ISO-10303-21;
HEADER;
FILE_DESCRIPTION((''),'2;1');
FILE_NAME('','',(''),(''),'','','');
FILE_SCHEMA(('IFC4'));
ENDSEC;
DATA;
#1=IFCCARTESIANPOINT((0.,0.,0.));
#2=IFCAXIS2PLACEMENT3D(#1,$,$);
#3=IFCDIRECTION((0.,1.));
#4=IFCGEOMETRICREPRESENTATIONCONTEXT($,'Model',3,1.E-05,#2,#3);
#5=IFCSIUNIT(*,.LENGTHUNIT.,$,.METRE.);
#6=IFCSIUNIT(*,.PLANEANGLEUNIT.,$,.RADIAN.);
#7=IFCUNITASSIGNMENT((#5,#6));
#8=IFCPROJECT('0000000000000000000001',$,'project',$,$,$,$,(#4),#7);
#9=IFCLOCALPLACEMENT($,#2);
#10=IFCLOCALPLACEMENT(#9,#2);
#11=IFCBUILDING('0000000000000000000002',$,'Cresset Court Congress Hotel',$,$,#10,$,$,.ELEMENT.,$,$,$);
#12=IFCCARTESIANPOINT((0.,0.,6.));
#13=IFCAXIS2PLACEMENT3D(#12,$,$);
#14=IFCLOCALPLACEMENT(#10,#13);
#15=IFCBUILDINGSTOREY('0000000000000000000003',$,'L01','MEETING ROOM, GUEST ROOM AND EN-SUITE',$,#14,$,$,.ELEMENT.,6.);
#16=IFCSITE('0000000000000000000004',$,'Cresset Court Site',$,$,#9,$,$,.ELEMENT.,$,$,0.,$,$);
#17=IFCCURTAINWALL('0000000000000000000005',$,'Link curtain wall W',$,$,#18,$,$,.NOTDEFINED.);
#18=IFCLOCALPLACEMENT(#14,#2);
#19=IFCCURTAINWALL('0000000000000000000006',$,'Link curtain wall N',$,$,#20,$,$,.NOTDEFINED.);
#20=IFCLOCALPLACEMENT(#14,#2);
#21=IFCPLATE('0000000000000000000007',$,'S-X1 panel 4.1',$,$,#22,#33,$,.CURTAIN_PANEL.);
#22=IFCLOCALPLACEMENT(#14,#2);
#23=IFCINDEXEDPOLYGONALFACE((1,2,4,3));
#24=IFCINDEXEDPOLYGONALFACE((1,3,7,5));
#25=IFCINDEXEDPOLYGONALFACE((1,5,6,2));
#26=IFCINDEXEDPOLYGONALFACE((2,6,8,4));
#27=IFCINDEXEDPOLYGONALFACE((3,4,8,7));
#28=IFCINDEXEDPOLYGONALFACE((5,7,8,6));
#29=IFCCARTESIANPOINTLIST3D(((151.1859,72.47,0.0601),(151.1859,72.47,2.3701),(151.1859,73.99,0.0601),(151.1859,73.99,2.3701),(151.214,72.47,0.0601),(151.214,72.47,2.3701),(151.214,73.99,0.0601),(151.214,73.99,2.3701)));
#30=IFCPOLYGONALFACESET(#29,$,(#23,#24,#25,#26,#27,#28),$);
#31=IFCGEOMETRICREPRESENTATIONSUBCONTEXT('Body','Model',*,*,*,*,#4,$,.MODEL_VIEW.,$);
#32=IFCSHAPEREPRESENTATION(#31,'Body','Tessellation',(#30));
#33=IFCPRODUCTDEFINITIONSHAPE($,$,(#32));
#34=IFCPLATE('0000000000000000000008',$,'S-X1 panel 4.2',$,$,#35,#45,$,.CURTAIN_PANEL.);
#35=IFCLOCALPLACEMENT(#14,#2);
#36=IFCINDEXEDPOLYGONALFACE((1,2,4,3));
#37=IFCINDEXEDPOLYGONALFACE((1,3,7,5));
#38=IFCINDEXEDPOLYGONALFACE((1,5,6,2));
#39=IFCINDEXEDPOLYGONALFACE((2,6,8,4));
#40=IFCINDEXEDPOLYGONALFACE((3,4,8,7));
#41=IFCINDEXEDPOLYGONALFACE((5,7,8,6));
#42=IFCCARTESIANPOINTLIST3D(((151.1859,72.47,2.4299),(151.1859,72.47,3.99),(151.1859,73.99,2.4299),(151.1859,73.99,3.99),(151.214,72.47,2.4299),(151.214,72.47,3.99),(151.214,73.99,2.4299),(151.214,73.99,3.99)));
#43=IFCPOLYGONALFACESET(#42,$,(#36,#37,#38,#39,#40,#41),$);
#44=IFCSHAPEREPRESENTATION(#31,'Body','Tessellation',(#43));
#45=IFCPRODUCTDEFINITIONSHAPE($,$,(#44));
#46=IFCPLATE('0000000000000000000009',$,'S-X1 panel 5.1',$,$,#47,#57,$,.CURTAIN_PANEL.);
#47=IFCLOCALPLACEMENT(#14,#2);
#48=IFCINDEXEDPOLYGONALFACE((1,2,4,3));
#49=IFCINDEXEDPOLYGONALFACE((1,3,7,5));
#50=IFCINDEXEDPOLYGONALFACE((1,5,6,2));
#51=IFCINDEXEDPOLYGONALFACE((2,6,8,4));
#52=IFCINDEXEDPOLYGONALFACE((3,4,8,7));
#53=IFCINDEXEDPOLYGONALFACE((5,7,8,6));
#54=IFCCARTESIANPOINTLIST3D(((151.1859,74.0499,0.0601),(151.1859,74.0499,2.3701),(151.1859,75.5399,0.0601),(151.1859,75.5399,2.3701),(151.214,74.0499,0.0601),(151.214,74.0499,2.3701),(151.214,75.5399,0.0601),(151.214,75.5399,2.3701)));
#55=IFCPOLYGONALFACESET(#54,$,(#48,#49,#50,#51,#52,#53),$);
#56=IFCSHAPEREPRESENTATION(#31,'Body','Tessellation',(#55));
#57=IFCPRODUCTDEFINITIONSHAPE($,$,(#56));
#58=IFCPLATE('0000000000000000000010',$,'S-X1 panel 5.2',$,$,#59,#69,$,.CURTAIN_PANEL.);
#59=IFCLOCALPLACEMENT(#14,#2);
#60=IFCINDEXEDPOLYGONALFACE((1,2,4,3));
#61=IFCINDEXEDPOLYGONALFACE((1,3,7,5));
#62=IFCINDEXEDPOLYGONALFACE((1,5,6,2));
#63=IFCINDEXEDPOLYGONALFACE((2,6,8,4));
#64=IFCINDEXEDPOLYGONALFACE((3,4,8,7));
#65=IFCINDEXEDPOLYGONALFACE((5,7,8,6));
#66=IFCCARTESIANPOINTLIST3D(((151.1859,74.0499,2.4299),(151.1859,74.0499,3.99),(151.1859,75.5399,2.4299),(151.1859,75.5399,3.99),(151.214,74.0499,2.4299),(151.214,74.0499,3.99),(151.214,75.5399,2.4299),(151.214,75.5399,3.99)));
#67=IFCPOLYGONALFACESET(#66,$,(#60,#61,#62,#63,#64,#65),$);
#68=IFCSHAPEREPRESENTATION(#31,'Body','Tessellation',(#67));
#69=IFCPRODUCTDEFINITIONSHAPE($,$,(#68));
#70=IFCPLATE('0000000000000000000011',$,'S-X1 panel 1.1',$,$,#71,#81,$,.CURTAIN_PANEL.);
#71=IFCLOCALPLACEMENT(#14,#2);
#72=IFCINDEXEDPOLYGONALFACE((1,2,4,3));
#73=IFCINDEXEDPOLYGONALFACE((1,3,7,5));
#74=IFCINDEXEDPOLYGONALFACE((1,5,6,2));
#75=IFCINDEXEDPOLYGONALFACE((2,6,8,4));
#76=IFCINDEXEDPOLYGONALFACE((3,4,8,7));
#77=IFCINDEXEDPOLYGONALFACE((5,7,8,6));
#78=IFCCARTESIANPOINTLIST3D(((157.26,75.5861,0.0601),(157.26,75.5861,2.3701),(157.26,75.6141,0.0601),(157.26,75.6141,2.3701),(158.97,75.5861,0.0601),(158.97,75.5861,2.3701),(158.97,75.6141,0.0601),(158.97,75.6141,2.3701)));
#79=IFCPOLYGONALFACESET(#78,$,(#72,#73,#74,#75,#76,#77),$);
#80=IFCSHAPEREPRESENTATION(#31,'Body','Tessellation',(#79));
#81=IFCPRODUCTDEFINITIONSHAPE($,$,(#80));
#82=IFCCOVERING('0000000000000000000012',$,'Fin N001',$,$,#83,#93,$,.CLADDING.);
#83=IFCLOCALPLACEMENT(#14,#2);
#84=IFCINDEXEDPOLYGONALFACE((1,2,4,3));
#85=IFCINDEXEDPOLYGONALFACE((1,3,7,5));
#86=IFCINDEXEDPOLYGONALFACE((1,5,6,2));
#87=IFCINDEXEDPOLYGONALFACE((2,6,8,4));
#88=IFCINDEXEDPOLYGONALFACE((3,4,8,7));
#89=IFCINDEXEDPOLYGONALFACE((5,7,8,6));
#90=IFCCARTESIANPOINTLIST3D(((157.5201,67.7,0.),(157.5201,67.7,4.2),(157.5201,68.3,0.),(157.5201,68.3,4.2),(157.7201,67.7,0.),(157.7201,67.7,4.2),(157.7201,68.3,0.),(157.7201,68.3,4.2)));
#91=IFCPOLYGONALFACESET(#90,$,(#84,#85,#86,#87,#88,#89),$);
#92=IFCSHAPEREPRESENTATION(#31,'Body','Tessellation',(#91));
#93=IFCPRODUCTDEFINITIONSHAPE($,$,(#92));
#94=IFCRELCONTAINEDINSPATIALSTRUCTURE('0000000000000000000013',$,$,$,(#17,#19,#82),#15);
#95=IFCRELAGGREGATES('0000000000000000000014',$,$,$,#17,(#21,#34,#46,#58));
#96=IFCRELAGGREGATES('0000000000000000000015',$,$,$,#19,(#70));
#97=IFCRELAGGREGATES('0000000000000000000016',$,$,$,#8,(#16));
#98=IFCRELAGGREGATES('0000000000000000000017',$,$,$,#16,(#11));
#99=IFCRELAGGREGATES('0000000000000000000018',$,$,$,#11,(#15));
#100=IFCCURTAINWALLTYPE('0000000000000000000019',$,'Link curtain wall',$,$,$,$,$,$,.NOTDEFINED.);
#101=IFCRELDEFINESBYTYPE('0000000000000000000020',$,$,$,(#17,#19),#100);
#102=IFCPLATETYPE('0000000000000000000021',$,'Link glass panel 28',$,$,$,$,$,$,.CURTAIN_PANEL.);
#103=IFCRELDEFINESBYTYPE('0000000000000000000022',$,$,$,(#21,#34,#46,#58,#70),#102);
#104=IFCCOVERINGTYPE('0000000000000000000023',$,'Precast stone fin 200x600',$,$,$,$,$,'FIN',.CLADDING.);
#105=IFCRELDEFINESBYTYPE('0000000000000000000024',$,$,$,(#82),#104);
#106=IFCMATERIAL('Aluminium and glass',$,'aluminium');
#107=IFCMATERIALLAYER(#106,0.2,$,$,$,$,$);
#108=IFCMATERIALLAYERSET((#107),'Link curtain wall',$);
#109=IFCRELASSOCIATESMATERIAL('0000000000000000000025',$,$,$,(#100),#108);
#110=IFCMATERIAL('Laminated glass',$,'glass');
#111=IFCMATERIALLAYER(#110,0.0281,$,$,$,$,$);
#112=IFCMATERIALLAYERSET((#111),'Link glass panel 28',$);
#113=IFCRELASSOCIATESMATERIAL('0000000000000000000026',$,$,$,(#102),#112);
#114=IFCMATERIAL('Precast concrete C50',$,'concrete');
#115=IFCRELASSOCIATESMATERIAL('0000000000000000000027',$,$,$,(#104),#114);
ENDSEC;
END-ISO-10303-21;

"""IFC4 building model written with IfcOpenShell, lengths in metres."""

from ifc_helpers import new_model, si_unit, direction, frame, origin, origin_2d, place, context, subcontext, project, spatial, rectangle, extrude, material, layer, layer_set, type_object, element, aggregate, save


model = new_model("IFC4")

# Units and contexts
model_context = context("Model", 3, precision=1e-05, world=origin(), true_north=direction((0.0, 1.0)))
body_context = subcontext(model_context, "Body", "Model", "MODEL_VIEW")
ifc_project = project(units=[si_unit("LENGTHUNIT", "METRE"), si_unit("PLANEANGLEUNIT", "RADIAN")], contexts=[model_context])

# Site, building, storey
site_placement = place(None, origin())
site = spatial("IfcSite", under=ifc_project, at=site_placement, Name="Cresset Court Site", CompositionType="ELEMENT", RefElevation=0.0)
building_placement = place(site_placement, origin())
building = spatial("IfcBuilding", under=site, at=building_placement, Name="Cresset Court Congress Hotel", CompositionType="ELEMENT")
storey_placement = place(building_placement, frame((0.0, 0.0, 6.0)))
storey = spatial("IfcBuildingStorey", under=building, at=storey_placement, Name="L01", Description="MEETING ROOM, GUEST ROOM AND EN-SUITE", CompositionType="ELEMENT", Elevation=6.0)

# Curtain wall
ifc_material_1 = material(Name="Aluminium and glass", Category="aluminium")
ifc_layer_1 = layer(ifc_material_1, 0.2)
ifc_layer_set_1 = layer_set([ifc_layer_1], Name="Link curtain wall")
curtain_wall_type = type_object("IfcCurtainWallType", Name="Link curtain wall", PredefinedType="NOTDEFINED", material=ifc_layer_set_1)
curtain_wall_1_placement = place(storey_placement, origin())
curtain_wall_1 = element("IfcCurtainWall", 1, at=curtain_wall_1_placement, inside=storey, type_object=curtain_wall_type, Name="Link curtain wall W", PredefinedType="NOTDEFINED")

# Curtain wall
curtain_wall_2_placement = place(storey_placement, origin())
curtain_wall_2 = element("IfcCurtainWall", 2, at=curtain_wall_2_placement, inside=storey, type_object=curtain_wall_type, Name="Link curtain wall N", PredefinedType="NOTDEFINED")

# Plates
ifc_material_2 = material(Name="Laminated glass", Category="glass")
ifc_layer_2 = layer(ifc_material_2, 0.0281)
ifc_layer_set_2 = layer_set([ifc_layer_2], Name="Link glass panel 28")
plate_type = type_object("IfcPlateType", Name="Link glass panel 28", PredefinedType="CURTAIN_PANEL", material=ifc_layer_set_2)
plate_1_placement = place(storey_placement, frame((151.2, 73.23, 0.0601), z_axis=(0.0, 0.0, 1.0), x_axis=(0.0, 1.0, 0.0)))
plate_1 = element("IfcPlate", 3, at=plate_1_placement, type_object=plate_type, Name="S-X1 panel 4.1", PredefinedType="CURTAIN_PANEL", context=body_context, shape_type="SweptSolid", body=[
    extrude(rectangle(XDim=1.52, YDim=0.0281, at=origin_2d()), origin(), (0.0, 0.0, 1.0), 2.3101),
])
plate_2_placement = place(storey_placement, frame((151.2, 73.23, 2.4299), z_axis=(0.0, 0.0, 1.0), x_axis=(0.0, 1.0, 0.0)))
plate_2 = element("IfcPlate", 4, at=plate_2_placement, type_object=plate_type, Name="S-X1 panel 4.2", PredefinedType="CURTAIN_PANEL", context=body_context, shape_type="SweptSolid", body=[
    extrude(rectangle(XDim=1.52, YDim=0.0281, at=origin_2d()), origin(), (0.0, 0.0, 1.0), 1.5601),
])
plate_3_placement = place(storey_placement, frame((151.2, 74.7949, 0.0601), z_axis=(0.0, 0.0, 1.0), x_axis=(0.0, 1.0, 0.0)))
plate_3 = element("IfcPlate", 5, at=plate_3_placement, type_object=plate_type, Name="S-X1 panel 5.1", PredefinedType="CURTAIN_PANEL", context=body_context, shape_type="SweptSolid", body=[
    extrude(rectangle(XDim=1.49, YDim=0.0281, at=origin_2d()), origin(), (0.0, 0.0, 1.0), 2.3101),
])
plate_4_placement = place(storey_placement, frame((151.2, 74.7949, 2.4299), z_axis=(0.0, 0.0, 1.0), x_axis=(0.0, 1.0, 0.0)))
plate_4 = element("IfcPlate", 6, at=plate_4_placement, type_object=plate_type, Name="S-X1 panel 5.2", PredefinedType="CURTAIN_PANEL", context=body_context, shape_type="SweptSolid", body=[
    extrude(rectangle(XDim=1.49, YDim=0.0281, at=origin_2d()), origin(), (0.0, 0.0, 1.0), 1.5601),
])
aggregate(curtain_wall_1, [plate_1, plate_2, plate_3, plate_4])
plate_5_placement = place(storey_placement, frame((158.115, 75.6001, 0.0601), z_axis=(0.0, 0.0, 1.0), x_axis=(1.0, 0.0, 0.0)))
plate_5 = element("IfcPlate", 7, at=plate_5_placement, type_object=plate_type, Name="S-X1 panel 1.1", PredefinedType="CURTAIN_PANEL", context=body_context, shape_type="SweptSolid", body=[
    extrude(rectangle(XDim=1.71, YDim=0.0281, at=origin_2d()), origin(), (0.0, 0.0, 1.0), 2.3101),
])
aggregate(curtain_wall_2, [plate_5])

# Covering
ifc_material_3 = material(Name="Precast concrete C50", Category="concrete")
covering_type = type_object("IfcCoveringType", Name="Precast stone fin 200x600", ElementType="FIN", PredefinedType="CLADDING", material=ifc_material_3)
covering_placement = place(storey_placement, frame((157.6201, 68.0, 0.0), z_axis=(0.0, 0.0, 1.0), x_axis=(1.0, 0.0, 0.0)))
element("IfcCovering", 8, at=covering_placement, inside=storey, type_object=covering_type, Name="Fin N001", PredefinedType="CLADDING", context=body_context, shape_type="SweptSolid", body=[
    extrude(rectangle(XDim=0.2, YDim=0.6001, at=origin_2d()), origin(), (0.0, 0.0, 1.0), 4.2),
])

save(model, "model.ifc")
